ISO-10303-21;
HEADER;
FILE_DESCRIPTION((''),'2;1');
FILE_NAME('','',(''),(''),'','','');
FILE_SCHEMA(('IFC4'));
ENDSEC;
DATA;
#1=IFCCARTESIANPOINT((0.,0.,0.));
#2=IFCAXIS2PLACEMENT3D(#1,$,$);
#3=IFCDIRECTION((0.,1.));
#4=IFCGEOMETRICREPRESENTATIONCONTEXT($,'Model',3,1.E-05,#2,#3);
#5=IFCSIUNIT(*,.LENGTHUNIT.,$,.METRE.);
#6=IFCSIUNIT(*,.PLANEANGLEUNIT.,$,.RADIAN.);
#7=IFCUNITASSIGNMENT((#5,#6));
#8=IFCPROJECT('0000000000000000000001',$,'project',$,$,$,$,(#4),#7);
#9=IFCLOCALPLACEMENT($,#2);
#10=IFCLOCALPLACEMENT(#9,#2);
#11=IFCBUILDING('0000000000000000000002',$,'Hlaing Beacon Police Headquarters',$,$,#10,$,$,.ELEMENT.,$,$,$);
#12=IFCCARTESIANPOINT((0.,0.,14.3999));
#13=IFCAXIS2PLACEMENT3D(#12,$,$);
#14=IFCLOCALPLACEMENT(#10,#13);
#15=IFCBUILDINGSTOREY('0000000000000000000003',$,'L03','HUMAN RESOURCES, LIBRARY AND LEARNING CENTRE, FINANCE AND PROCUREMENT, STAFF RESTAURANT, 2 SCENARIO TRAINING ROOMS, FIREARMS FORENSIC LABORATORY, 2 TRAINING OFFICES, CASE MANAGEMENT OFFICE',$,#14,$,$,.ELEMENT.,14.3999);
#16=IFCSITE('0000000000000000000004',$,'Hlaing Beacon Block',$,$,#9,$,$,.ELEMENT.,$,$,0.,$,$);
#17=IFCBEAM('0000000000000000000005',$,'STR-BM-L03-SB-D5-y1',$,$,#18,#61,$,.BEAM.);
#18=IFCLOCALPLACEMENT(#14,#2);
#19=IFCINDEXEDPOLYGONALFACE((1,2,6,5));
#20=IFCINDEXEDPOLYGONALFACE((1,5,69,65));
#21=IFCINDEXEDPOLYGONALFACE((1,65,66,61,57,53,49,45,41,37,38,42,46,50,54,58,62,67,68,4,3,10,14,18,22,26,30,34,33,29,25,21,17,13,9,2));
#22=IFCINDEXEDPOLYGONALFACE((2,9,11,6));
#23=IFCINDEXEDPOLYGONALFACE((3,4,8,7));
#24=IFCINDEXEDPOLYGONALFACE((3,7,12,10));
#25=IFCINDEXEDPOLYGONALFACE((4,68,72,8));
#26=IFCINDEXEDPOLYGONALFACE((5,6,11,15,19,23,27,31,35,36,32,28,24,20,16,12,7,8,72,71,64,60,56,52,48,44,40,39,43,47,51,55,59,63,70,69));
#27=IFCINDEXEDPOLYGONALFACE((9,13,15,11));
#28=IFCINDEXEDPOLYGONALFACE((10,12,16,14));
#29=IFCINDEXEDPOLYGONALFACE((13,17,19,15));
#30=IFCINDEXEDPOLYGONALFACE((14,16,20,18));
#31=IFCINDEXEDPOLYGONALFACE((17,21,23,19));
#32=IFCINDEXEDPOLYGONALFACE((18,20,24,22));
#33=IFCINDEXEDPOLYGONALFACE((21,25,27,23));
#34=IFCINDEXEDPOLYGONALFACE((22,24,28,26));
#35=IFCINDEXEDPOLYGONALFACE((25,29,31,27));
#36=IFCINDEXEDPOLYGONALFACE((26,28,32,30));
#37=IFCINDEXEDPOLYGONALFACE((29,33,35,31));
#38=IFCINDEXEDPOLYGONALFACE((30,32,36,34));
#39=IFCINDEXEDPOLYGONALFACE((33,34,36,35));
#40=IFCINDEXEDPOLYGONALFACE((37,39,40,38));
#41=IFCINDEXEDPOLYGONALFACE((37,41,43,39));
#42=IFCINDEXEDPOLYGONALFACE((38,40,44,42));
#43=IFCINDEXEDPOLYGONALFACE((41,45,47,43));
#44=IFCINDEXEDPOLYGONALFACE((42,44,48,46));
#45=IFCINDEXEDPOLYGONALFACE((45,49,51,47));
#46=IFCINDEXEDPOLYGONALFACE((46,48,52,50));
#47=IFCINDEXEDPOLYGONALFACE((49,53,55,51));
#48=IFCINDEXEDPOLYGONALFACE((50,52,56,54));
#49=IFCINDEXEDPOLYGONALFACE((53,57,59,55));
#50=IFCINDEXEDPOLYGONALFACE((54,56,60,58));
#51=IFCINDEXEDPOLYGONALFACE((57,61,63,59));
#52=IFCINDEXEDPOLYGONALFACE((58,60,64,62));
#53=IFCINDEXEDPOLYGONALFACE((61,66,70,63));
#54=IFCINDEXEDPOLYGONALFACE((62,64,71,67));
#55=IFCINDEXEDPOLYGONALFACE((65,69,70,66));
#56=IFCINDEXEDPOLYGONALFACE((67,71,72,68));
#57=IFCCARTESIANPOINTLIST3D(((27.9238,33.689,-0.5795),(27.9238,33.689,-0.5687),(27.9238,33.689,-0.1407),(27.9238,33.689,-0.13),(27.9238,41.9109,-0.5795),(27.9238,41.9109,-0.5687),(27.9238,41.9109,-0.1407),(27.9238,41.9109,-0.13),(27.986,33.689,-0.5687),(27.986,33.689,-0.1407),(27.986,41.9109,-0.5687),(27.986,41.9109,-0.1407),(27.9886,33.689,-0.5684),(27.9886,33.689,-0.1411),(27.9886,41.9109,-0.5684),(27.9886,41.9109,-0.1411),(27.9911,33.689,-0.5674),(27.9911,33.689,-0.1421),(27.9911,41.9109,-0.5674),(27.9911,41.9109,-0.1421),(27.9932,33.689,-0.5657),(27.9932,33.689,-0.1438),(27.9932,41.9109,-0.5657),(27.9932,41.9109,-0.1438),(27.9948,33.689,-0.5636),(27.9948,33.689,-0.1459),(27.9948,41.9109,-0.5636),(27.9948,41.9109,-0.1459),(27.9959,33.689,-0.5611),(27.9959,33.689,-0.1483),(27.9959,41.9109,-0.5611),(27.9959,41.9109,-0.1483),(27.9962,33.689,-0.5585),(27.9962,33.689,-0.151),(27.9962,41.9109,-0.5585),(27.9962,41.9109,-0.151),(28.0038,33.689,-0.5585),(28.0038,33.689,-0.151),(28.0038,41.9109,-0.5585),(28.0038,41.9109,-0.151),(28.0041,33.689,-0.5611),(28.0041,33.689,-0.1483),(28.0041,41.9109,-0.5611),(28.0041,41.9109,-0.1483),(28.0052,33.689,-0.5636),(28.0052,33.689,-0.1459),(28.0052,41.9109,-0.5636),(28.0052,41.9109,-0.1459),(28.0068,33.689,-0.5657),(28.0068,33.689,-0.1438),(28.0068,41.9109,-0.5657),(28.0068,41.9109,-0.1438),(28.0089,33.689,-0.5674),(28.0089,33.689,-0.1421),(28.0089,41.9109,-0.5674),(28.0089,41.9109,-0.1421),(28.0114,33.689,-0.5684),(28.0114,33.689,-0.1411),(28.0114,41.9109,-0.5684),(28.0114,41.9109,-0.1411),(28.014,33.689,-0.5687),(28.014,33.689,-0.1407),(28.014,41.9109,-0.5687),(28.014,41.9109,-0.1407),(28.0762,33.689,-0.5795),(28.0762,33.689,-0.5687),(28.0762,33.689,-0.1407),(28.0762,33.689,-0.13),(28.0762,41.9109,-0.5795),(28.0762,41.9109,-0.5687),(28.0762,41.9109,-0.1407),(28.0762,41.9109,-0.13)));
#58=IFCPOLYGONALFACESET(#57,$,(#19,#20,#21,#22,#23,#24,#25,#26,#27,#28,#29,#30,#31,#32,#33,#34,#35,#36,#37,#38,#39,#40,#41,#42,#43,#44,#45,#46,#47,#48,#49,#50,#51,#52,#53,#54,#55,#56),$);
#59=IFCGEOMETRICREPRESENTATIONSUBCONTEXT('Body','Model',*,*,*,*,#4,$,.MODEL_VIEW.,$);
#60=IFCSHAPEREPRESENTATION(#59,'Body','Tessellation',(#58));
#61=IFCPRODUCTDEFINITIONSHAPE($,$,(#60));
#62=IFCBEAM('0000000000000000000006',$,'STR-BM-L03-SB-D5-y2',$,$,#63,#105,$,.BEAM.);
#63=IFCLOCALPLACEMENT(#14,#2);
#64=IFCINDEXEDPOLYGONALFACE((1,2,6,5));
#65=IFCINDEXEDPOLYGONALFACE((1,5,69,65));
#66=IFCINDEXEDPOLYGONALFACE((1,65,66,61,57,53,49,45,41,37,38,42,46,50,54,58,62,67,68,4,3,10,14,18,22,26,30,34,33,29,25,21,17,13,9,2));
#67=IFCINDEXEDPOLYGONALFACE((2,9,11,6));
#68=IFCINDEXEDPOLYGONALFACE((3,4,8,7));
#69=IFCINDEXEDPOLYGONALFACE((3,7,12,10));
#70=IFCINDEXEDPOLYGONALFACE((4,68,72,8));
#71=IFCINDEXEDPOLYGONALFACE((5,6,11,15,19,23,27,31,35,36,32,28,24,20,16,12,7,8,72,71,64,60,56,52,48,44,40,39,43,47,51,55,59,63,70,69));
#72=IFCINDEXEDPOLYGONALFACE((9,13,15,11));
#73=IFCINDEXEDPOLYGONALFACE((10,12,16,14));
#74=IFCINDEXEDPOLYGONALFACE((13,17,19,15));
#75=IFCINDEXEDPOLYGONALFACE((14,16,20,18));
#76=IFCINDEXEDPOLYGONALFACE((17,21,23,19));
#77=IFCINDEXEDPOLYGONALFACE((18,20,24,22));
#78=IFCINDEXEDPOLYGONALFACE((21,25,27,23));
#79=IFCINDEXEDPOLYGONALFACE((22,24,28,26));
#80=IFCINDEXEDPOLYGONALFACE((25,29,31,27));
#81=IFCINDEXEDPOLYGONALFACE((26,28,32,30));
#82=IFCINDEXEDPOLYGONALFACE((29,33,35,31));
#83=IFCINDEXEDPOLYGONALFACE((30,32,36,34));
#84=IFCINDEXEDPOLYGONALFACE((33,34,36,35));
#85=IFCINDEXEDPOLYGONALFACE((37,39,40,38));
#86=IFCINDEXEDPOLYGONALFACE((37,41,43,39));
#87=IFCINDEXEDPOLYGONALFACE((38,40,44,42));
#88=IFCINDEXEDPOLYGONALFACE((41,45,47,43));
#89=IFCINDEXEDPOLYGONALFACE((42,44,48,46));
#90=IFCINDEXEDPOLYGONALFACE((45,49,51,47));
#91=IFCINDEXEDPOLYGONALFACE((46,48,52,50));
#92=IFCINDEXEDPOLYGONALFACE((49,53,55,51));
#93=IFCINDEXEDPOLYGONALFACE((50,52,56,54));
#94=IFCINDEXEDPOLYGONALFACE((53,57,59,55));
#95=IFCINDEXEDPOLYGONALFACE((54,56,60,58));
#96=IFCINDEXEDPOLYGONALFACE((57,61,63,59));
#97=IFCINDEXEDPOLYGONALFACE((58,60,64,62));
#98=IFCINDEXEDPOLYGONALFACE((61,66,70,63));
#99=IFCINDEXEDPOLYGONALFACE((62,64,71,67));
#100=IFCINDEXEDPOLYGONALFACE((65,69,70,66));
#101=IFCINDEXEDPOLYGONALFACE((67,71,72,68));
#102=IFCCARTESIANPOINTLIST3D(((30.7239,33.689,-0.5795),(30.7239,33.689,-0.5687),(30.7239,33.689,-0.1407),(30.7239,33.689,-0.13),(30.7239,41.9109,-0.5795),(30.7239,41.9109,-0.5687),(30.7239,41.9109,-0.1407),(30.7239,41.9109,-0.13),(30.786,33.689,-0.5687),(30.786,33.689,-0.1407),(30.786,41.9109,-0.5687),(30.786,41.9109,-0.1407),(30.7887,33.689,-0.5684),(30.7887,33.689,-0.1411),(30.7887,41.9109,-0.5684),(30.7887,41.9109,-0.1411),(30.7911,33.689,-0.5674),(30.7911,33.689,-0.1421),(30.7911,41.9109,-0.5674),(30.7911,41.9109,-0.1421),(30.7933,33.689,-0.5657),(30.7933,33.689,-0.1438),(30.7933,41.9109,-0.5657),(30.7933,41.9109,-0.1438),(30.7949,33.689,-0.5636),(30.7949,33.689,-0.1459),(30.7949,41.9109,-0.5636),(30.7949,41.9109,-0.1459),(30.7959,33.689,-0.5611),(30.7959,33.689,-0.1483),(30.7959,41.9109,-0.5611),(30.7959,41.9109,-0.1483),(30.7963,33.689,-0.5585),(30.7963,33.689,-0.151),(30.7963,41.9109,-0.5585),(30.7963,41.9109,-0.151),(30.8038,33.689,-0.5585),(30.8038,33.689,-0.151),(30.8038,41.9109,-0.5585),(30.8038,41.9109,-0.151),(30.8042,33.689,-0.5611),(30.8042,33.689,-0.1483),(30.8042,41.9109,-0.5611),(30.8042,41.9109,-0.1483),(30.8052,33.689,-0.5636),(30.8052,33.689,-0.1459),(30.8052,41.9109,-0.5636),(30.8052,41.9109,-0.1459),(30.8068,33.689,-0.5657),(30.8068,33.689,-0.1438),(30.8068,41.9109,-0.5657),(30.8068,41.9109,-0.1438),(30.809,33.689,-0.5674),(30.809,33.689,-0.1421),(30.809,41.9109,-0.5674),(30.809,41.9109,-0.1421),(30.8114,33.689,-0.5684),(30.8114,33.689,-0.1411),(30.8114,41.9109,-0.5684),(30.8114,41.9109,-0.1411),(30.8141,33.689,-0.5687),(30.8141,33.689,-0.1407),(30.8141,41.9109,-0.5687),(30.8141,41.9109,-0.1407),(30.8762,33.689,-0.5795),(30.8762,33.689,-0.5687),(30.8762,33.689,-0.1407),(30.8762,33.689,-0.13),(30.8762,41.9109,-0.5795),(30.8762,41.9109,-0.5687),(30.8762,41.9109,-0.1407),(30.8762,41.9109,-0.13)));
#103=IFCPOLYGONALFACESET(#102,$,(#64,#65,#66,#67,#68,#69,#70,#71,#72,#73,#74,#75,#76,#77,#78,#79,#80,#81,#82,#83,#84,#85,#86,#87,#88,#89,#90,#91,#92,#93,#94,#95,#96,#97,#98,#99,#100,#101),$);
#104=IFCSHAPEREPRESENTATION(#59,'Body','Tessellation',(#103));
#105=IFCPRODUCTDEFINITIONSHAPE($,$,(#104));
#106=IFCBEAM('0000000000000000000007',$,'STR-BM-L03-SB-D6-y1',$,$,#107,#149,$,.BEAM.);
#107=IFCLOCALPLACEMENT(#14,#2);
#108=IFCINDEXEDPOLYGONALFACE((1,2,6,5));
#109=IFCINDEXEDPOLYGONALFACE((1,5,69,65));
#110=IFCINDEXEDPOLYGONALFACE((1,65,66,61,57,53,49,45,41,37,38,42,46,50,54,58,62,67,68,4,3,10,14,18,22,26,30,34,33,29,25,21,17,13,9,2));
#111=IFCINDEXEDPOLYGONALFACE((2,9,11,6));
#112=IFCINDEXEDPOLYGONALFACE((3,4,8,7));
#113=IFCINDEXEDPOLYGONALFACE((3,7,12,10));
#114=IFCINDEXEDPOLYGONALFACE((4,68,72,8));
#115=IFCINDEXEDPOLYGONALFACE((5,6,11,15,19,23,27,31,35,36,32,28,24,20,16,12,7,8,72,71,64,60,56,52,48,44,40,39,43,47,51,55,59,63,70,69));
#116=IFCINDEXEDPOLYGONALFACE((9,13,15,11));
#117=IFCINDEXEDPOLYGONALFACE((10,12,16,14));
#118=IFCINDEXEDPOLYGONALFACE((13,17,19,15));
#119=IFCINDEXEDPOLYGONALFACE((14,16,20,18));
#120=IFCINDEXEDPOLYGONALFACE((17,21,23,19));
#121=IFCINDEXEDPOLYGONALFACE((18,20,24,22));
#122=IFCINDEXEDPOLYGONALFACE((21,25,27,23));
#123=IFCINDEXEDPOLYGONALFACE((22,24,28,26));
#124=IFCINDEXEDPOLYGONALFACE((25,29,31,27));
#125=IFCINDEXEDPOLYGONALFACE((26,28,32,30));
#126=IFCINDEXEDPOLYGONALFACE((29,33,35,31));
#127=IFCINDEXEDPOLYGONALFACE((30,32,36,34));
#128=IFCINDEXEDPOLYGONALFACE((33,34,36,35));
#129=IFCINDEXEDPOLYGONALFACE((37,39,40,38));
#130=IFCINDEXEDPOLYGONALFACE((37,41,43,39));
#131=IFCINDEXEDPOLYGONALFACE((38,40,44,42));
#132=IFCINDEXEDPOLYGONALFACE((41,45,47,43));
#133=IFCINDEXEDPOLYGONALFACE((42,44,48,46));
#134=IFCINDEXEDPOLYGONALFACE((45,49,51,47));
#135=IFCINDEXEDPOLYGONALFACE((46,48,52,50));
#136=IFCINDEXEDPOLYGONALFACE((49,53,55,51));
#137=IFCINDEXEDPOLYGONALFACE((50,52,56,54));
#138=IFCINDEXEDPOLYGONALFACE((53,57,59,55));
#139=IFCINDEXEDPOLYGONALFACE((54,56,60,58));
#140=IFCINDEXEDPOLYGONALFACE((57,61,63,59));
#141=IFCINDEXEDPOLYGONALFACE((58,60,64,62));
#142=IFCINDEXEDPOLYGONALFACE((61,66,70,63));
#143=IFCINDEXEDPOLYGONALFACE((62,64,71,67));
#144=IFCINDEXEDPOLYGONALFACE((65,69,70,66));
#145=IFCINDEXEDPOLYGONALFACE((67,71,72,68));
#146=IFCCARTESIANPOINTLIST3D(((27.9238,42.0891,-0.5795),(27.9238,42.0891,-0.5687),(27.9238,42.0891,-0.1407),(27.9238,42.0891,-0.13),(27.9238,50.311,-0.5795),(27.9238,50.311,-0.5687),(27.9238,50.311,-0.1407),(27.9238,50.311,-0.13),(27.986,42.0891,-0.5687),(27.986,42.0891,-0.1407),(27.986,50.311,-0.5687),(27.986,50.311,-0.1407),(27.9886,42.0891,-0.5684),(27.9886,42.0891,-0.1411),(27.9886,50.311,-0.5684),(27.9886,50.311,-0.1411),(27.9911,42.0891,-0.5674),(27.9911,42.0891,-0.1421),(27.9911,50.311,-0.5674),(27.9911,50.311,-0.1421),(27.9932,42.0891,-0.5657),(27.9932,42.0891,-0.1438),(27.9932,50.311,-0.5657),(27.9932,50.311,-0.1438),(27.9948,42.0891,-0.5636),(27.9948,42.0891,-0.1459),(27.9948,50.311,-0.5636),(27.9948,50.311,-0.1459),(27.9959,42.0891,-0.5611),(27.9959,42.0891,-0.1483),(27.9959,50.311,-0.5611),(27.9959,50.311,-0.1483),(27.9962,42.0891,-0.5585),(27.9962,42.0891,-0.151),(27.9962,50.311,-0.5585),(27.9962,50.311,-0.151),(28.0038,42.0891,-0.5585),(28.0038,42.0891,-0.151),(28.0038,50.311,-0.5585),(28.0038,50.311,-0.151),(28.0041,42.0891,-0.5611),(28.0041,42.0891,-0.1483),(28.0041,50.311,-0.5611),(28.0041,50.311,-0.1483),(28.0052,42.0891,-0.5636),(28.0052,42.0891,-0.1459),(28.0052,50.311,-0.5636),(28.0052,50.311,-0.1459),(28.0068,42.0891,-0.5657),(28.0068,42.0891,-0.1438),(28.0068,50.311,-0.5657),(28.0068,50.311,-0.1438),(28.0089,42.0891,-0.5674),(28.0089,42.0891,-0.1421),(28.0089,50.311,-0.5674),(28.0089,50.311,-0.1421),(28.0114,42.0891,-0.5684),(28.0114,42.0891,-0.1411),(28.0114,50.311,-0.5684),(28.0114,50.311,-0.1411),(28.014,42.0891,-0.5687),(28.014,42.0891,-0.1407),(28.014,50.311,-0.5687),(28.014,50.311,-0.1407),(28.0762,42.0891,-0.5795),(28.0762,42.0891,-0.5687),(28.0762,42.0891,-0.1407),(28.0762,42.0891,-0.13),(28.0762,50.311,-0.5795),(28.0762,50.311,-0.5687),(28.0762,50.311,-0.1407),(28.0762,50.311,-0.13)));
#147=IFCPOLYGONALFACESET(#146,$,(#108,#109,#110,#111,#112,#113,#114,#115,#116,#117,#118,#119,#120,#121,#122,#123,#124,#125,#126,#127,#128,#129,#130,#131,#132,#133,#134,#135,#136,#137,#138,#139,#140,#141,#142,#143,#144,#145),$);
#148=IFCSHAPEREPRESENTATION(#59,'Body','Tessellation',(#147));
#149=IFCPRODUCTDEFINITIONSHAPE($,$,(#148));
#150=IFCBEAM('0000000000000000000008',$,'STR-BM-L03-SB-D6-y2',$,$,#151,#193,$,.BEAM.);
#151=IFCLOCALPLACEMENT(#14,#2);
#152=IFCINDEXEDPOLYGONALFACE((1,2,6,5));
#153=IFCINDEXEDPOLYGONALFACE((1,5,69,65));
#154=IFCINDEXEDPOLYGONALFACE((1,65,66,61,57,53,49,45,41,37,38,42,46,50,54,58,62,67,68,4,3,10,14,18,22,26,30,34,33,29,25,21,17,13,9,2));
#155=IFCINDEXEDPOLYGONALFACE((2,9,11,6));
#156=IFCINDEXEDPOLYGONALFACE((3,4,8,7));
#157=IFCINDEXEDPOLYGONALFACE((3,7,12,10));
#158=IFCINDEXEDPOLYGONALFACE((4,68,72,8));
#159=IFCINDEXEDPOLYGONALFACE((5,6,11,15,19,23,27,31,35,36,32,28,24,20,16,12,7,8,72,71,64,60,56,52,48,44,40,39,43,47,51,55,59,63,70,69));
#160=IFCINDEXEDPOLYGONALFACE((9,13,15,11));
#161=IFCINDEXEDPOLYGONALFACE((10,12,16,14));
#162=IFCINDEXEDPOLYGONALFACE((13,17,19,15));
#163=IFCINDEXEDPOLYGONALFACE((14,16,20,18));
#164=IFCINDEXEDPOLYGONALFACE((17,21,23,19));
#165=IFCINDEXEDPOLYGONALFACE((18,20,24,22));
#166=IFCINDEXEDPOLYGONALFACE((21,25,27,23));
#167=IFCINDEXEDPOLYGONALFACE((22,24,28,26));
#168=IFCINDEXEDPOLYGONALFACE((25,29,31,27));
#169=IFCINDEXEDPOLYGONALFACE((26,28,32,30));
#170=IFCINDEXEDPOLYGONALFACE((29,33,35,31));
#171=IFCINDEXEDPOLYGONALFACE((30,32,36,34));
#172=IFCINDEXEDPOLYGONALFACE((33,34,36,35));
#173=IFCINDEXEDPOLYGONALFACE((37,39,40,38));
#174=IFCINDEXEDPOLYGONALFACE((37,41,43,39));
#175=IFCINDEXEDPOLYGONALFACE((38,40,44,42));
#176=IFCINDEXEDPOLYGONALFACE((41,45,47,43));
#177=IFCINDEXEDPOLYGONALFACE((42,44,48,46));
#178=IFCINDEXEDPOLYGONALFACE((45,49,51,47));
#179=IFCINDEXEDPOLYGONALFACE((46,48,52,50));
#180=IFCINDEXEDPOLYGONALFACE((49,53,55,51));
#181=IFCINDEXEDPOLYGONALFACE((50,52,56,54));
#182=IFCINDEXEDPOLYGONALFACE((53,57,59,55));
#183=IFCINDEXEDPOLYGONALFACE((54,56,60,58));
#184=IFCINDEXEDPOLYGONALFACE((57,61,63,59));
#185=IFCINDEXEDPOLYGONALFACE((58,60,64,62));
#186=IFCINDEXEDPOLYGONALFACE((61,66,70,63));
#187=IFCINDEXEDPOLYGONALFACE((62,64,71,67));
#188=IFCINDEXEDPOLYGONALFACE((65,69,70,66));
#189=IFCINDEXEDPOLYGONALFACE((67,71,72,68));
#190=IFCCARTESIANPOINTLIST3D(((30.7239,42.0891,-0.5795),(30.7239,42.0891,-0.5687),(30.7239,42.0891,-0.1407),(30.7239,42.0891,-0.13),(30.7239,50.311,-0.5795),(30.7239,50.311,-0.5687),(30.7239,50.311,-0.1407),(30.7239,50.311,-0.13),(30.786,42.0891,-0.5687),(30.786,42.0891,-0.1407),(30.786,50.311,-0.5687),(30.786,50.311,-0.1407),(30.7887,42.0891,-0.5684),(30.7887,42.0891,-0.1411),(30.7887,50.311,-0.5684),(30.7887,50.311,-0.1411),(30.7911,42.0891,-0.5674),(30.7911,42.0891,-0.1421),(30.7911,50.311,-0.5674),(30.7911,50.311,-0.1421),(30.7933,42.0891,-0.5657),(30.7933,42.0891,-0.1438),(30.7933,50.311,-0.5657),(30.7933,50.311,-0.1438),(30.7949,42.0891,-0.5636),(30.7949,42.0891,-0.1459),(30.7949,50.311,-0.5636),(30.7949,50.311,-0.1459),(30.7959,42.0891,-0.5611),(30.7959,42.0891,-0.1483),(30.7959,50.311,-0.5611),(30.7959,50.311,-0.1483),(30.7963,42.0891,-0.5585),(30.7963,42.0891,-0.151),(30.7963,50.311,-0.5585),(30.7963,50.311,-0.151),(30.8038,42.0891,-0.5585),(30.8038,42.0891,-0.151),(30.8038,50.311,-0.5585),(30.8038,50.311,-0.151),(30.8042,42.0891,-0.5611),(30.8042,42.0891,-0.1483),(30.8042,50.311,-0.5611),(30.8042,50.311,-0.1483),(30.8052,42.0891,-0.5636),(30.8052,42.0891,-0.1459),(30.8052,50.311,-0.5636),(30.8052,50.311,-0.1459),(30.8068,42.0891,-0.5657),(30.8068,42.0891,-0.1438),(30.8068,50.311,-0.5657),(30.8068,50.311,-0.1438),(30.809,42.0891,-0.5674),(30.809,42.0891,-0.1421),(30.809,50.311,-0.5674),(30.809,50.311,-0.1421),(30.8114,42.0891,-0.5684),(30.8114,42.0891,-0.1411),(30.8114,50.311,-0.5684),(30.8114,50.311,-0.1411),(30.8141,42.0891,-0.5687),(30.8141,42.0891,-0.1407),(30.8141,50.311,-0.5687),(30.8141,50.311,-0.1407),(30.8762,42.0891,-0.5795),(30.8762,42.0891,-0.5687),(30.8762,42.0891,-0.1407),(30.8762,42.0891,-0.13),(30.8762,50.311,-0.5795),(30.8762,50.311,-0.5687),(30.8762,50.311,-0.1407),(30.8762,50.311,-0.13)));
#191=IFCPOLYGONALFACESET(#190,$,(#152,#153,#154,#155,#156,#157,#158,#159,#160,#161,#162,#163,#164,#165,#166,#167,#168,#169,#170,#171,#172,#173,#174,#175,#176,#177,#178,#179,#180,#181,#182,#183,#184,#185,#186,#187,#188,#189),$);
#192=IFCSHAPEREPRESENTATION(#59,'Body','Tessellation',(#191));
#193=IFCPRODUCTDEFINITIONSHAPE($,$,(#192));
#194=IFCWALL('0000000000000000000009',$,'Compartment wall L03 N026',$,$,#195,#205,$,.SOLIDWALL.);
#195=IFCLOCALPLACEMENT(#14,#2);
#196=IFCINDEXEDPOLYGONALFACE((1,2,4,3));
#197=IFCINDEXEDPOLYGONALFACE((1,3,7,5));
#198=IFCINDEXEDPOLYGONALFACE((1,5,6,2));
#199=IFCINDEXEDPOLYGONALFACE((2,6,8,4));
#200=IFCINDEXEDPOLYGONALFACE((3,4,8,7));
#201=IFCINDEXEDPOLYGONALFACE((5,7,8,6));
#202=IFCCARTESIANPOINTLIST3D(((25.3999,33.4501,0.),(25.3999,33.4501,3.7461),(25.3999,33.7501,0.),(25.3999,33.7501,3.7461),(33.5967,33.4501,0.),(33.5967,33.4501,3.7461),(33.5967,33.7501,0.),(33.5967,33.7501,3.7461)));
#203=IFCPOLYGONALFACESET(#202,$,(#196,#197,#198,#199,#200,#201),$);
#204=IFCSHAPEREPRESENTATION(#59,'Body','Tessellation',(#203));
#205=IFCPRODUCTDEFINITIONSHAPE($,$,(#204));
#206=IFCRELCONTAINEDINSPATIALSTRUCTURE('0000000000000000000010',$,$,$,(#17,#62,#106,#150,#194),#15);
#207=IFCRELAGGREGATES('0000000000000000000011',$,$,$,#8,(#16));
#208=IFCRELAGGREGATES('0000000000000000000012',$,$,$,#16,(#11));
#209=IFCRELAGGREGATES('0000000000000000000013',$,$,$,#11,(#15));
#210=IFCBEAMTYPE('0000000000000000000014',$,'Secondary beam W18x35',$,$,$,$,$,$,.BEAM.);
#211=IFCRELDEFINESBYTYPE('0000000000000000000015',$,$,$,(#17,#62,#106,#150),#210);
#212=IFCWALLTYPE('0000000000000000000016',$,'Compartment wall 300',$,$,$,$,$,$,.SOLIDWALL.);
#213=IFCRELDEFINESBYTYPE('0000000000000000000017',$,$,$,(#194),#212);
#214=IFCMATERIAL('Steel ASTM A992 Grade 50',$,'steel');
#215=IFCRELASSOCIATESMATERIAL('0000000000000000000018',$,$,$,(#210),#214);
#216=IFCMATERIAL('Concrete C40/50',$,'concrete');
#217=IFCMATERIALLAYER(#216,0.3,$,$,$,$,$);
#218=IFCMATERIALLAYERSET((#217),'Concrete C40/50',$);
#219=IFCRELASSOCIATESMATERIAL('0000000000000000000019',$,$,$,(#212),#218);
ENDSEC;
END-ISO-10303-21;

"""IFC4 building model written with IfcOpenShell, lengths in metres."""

from ifc_helpers import new_model, si_unit, direction, frame, frame_2d, origin, origin_2d, place, context, subcontext, project, spatial, rectangle, i_section, extrude, material, layer, layer_set, material_profile, profile_set, type_object, element, save


model = new_model("IFC4")

# Units and contexts
model_context = context("Model", 3, precision=1e-05, world=origin(), true_north=direction((0.0, 1.0)))
body_context = subcontext(model_context, "Body", "Model", "MODEL_VIEW")
ifc_project = project(units=[si_unit("LENGTHUNIT", "METRE"), si_unit("PLANEANGLEUNIT", "RADIAN")], contexts=[model_context])

# Site, building, storey
site_placement = place(None, origin())
site = spatial("IfcSite", under=ifc_project, at=site_placement, Name="Hlaing Beacon Block", CompositionType="ELEMENT", RefElevation=0.0)
building_placement = place(site_placement, origin())
building = spatial("IfcBuilding", under=site, at=building_placement, Name="Hlaing Beacon Police Headquarters", CompositionType="ELEMENT")
storey_placement = place(building_placement, frame((0.0, 0.0, 14.3999)))
storey = spatial("IfcBuildingStorey", under=building, at=storey_placement, Name="L03", Description="HUMAN RESOURCES, LIBRARY AND LEARNING CENTRE, FINANCE AND PROCUREMENT, STAFF RESTAURANT, 2 SCENARIO TRAINING ROOMS, FIREARMS FORENSIC LABORATORY, 2 TRAINING OFFICES, CASE MANAGEMENT OFFICE", CompositionType="ELEMENT", Elevation=14.3999)

# Beams
ifc_material_1 = material(Name="Steel ASTM A992 Grade 50", Category="steel")
ifc_material_profile_1 = material_profile(ifc_material_1, i_section(OverallWidth=0.1523, OverallDepth=0.4495, WebThickness=0.0076, FlangeThickness=0.0107, FilletRadius=0.0103, at=origin_2d()), Name="W18x35")
ifc_profile_set_1 = profile_set([ifc_material_profile_1], Name="Steel ASTM A992 Grade 50")
beam_type_1 = type_object("IfcBeamType", Name="Secondary beam W18x35", PredefinedType="BEAM", material=ifc_profile_set_1)
for number, where, z_axis, x_axis, name in (
    (1, (28.0, 33.689, -0.3547), (0.0, 1.0, 0.0), (-1.0, 0.0, 0.0), "STR-BM-L03-SB-D5-y1"),
    (2, (30.8, 33.689, -0.3547), (0.0, 1.0, 0.0), (-1.0, 0.0, 0.0), "STR-BM-L03-SB-D5-y2"),
    (3, (28.0, 42.0891, -0.3547), (0.0, 1.0, 0.0), (-1.0, 0.0, 0.0), "STR-BM-L03-SB-D6-y1"),
    (4, (30.8, 42.0891, -0.3547), (0.0, 1.0, 0.0), (-1.0, 0.0, 0.0), "STR-BM-L03-SB-D6-y2"),
):
    element("IfcBeam", number, at=place(storey_placement, frame(where, z_axis=z_axis, x_axis=x_axis)), inside=storey, type_object=beam_type_1, Name=name, PredefinedType="BEAM", context=body_context, shape_type="SweptSolid", body=[
        extrude(i_section(OverallWidth=0.1523, OverallDepth=0.4495, WebThickness=0.0076, FlangeThickness=0.0107, FilletRadius=0.0103, at=origin_2d()), origin(), (0.0, 0.0, 1.0), 8.2219),
    ])

# Wall
ifc_material_2 = material(Name="Concrete C40/50", Category="concrete")
ifc_layer_1 = layer(ifc_material_2, 0.3)
ifc_layer_set_1 = layer_set([ifc_layer_1], Name="Concrete C40/50")
wall_type_1 = type_object("IfcWallType", Name="Compartment wall 300", PredefinedType="SOLIDWALL", material=ifc_layer_set_1)
wall_1_placement = place(storey_placement, frame((33.5967, 33.6001, 0.0), z_axis=(0.0, 0.0, 1.0), x_axis=(-1.0, 0.0, 0.0)))
element("IfcWall", 5, at=wall_1_placement, inside=storey, type_object=wall_type_1, Name="Compartment wall L03 N026", PredefinedType="SOLIDWALL", context=body_context, shape_type="SweptSolid", body=[
    extrude(rectangle(XDim=8.1968, YDim=0.3, at=frame_2d((4.0984, 0.0))), origin(), (0.0, 0.0, 1.0), 3.7461),
])

save(model, "model.ifc")
